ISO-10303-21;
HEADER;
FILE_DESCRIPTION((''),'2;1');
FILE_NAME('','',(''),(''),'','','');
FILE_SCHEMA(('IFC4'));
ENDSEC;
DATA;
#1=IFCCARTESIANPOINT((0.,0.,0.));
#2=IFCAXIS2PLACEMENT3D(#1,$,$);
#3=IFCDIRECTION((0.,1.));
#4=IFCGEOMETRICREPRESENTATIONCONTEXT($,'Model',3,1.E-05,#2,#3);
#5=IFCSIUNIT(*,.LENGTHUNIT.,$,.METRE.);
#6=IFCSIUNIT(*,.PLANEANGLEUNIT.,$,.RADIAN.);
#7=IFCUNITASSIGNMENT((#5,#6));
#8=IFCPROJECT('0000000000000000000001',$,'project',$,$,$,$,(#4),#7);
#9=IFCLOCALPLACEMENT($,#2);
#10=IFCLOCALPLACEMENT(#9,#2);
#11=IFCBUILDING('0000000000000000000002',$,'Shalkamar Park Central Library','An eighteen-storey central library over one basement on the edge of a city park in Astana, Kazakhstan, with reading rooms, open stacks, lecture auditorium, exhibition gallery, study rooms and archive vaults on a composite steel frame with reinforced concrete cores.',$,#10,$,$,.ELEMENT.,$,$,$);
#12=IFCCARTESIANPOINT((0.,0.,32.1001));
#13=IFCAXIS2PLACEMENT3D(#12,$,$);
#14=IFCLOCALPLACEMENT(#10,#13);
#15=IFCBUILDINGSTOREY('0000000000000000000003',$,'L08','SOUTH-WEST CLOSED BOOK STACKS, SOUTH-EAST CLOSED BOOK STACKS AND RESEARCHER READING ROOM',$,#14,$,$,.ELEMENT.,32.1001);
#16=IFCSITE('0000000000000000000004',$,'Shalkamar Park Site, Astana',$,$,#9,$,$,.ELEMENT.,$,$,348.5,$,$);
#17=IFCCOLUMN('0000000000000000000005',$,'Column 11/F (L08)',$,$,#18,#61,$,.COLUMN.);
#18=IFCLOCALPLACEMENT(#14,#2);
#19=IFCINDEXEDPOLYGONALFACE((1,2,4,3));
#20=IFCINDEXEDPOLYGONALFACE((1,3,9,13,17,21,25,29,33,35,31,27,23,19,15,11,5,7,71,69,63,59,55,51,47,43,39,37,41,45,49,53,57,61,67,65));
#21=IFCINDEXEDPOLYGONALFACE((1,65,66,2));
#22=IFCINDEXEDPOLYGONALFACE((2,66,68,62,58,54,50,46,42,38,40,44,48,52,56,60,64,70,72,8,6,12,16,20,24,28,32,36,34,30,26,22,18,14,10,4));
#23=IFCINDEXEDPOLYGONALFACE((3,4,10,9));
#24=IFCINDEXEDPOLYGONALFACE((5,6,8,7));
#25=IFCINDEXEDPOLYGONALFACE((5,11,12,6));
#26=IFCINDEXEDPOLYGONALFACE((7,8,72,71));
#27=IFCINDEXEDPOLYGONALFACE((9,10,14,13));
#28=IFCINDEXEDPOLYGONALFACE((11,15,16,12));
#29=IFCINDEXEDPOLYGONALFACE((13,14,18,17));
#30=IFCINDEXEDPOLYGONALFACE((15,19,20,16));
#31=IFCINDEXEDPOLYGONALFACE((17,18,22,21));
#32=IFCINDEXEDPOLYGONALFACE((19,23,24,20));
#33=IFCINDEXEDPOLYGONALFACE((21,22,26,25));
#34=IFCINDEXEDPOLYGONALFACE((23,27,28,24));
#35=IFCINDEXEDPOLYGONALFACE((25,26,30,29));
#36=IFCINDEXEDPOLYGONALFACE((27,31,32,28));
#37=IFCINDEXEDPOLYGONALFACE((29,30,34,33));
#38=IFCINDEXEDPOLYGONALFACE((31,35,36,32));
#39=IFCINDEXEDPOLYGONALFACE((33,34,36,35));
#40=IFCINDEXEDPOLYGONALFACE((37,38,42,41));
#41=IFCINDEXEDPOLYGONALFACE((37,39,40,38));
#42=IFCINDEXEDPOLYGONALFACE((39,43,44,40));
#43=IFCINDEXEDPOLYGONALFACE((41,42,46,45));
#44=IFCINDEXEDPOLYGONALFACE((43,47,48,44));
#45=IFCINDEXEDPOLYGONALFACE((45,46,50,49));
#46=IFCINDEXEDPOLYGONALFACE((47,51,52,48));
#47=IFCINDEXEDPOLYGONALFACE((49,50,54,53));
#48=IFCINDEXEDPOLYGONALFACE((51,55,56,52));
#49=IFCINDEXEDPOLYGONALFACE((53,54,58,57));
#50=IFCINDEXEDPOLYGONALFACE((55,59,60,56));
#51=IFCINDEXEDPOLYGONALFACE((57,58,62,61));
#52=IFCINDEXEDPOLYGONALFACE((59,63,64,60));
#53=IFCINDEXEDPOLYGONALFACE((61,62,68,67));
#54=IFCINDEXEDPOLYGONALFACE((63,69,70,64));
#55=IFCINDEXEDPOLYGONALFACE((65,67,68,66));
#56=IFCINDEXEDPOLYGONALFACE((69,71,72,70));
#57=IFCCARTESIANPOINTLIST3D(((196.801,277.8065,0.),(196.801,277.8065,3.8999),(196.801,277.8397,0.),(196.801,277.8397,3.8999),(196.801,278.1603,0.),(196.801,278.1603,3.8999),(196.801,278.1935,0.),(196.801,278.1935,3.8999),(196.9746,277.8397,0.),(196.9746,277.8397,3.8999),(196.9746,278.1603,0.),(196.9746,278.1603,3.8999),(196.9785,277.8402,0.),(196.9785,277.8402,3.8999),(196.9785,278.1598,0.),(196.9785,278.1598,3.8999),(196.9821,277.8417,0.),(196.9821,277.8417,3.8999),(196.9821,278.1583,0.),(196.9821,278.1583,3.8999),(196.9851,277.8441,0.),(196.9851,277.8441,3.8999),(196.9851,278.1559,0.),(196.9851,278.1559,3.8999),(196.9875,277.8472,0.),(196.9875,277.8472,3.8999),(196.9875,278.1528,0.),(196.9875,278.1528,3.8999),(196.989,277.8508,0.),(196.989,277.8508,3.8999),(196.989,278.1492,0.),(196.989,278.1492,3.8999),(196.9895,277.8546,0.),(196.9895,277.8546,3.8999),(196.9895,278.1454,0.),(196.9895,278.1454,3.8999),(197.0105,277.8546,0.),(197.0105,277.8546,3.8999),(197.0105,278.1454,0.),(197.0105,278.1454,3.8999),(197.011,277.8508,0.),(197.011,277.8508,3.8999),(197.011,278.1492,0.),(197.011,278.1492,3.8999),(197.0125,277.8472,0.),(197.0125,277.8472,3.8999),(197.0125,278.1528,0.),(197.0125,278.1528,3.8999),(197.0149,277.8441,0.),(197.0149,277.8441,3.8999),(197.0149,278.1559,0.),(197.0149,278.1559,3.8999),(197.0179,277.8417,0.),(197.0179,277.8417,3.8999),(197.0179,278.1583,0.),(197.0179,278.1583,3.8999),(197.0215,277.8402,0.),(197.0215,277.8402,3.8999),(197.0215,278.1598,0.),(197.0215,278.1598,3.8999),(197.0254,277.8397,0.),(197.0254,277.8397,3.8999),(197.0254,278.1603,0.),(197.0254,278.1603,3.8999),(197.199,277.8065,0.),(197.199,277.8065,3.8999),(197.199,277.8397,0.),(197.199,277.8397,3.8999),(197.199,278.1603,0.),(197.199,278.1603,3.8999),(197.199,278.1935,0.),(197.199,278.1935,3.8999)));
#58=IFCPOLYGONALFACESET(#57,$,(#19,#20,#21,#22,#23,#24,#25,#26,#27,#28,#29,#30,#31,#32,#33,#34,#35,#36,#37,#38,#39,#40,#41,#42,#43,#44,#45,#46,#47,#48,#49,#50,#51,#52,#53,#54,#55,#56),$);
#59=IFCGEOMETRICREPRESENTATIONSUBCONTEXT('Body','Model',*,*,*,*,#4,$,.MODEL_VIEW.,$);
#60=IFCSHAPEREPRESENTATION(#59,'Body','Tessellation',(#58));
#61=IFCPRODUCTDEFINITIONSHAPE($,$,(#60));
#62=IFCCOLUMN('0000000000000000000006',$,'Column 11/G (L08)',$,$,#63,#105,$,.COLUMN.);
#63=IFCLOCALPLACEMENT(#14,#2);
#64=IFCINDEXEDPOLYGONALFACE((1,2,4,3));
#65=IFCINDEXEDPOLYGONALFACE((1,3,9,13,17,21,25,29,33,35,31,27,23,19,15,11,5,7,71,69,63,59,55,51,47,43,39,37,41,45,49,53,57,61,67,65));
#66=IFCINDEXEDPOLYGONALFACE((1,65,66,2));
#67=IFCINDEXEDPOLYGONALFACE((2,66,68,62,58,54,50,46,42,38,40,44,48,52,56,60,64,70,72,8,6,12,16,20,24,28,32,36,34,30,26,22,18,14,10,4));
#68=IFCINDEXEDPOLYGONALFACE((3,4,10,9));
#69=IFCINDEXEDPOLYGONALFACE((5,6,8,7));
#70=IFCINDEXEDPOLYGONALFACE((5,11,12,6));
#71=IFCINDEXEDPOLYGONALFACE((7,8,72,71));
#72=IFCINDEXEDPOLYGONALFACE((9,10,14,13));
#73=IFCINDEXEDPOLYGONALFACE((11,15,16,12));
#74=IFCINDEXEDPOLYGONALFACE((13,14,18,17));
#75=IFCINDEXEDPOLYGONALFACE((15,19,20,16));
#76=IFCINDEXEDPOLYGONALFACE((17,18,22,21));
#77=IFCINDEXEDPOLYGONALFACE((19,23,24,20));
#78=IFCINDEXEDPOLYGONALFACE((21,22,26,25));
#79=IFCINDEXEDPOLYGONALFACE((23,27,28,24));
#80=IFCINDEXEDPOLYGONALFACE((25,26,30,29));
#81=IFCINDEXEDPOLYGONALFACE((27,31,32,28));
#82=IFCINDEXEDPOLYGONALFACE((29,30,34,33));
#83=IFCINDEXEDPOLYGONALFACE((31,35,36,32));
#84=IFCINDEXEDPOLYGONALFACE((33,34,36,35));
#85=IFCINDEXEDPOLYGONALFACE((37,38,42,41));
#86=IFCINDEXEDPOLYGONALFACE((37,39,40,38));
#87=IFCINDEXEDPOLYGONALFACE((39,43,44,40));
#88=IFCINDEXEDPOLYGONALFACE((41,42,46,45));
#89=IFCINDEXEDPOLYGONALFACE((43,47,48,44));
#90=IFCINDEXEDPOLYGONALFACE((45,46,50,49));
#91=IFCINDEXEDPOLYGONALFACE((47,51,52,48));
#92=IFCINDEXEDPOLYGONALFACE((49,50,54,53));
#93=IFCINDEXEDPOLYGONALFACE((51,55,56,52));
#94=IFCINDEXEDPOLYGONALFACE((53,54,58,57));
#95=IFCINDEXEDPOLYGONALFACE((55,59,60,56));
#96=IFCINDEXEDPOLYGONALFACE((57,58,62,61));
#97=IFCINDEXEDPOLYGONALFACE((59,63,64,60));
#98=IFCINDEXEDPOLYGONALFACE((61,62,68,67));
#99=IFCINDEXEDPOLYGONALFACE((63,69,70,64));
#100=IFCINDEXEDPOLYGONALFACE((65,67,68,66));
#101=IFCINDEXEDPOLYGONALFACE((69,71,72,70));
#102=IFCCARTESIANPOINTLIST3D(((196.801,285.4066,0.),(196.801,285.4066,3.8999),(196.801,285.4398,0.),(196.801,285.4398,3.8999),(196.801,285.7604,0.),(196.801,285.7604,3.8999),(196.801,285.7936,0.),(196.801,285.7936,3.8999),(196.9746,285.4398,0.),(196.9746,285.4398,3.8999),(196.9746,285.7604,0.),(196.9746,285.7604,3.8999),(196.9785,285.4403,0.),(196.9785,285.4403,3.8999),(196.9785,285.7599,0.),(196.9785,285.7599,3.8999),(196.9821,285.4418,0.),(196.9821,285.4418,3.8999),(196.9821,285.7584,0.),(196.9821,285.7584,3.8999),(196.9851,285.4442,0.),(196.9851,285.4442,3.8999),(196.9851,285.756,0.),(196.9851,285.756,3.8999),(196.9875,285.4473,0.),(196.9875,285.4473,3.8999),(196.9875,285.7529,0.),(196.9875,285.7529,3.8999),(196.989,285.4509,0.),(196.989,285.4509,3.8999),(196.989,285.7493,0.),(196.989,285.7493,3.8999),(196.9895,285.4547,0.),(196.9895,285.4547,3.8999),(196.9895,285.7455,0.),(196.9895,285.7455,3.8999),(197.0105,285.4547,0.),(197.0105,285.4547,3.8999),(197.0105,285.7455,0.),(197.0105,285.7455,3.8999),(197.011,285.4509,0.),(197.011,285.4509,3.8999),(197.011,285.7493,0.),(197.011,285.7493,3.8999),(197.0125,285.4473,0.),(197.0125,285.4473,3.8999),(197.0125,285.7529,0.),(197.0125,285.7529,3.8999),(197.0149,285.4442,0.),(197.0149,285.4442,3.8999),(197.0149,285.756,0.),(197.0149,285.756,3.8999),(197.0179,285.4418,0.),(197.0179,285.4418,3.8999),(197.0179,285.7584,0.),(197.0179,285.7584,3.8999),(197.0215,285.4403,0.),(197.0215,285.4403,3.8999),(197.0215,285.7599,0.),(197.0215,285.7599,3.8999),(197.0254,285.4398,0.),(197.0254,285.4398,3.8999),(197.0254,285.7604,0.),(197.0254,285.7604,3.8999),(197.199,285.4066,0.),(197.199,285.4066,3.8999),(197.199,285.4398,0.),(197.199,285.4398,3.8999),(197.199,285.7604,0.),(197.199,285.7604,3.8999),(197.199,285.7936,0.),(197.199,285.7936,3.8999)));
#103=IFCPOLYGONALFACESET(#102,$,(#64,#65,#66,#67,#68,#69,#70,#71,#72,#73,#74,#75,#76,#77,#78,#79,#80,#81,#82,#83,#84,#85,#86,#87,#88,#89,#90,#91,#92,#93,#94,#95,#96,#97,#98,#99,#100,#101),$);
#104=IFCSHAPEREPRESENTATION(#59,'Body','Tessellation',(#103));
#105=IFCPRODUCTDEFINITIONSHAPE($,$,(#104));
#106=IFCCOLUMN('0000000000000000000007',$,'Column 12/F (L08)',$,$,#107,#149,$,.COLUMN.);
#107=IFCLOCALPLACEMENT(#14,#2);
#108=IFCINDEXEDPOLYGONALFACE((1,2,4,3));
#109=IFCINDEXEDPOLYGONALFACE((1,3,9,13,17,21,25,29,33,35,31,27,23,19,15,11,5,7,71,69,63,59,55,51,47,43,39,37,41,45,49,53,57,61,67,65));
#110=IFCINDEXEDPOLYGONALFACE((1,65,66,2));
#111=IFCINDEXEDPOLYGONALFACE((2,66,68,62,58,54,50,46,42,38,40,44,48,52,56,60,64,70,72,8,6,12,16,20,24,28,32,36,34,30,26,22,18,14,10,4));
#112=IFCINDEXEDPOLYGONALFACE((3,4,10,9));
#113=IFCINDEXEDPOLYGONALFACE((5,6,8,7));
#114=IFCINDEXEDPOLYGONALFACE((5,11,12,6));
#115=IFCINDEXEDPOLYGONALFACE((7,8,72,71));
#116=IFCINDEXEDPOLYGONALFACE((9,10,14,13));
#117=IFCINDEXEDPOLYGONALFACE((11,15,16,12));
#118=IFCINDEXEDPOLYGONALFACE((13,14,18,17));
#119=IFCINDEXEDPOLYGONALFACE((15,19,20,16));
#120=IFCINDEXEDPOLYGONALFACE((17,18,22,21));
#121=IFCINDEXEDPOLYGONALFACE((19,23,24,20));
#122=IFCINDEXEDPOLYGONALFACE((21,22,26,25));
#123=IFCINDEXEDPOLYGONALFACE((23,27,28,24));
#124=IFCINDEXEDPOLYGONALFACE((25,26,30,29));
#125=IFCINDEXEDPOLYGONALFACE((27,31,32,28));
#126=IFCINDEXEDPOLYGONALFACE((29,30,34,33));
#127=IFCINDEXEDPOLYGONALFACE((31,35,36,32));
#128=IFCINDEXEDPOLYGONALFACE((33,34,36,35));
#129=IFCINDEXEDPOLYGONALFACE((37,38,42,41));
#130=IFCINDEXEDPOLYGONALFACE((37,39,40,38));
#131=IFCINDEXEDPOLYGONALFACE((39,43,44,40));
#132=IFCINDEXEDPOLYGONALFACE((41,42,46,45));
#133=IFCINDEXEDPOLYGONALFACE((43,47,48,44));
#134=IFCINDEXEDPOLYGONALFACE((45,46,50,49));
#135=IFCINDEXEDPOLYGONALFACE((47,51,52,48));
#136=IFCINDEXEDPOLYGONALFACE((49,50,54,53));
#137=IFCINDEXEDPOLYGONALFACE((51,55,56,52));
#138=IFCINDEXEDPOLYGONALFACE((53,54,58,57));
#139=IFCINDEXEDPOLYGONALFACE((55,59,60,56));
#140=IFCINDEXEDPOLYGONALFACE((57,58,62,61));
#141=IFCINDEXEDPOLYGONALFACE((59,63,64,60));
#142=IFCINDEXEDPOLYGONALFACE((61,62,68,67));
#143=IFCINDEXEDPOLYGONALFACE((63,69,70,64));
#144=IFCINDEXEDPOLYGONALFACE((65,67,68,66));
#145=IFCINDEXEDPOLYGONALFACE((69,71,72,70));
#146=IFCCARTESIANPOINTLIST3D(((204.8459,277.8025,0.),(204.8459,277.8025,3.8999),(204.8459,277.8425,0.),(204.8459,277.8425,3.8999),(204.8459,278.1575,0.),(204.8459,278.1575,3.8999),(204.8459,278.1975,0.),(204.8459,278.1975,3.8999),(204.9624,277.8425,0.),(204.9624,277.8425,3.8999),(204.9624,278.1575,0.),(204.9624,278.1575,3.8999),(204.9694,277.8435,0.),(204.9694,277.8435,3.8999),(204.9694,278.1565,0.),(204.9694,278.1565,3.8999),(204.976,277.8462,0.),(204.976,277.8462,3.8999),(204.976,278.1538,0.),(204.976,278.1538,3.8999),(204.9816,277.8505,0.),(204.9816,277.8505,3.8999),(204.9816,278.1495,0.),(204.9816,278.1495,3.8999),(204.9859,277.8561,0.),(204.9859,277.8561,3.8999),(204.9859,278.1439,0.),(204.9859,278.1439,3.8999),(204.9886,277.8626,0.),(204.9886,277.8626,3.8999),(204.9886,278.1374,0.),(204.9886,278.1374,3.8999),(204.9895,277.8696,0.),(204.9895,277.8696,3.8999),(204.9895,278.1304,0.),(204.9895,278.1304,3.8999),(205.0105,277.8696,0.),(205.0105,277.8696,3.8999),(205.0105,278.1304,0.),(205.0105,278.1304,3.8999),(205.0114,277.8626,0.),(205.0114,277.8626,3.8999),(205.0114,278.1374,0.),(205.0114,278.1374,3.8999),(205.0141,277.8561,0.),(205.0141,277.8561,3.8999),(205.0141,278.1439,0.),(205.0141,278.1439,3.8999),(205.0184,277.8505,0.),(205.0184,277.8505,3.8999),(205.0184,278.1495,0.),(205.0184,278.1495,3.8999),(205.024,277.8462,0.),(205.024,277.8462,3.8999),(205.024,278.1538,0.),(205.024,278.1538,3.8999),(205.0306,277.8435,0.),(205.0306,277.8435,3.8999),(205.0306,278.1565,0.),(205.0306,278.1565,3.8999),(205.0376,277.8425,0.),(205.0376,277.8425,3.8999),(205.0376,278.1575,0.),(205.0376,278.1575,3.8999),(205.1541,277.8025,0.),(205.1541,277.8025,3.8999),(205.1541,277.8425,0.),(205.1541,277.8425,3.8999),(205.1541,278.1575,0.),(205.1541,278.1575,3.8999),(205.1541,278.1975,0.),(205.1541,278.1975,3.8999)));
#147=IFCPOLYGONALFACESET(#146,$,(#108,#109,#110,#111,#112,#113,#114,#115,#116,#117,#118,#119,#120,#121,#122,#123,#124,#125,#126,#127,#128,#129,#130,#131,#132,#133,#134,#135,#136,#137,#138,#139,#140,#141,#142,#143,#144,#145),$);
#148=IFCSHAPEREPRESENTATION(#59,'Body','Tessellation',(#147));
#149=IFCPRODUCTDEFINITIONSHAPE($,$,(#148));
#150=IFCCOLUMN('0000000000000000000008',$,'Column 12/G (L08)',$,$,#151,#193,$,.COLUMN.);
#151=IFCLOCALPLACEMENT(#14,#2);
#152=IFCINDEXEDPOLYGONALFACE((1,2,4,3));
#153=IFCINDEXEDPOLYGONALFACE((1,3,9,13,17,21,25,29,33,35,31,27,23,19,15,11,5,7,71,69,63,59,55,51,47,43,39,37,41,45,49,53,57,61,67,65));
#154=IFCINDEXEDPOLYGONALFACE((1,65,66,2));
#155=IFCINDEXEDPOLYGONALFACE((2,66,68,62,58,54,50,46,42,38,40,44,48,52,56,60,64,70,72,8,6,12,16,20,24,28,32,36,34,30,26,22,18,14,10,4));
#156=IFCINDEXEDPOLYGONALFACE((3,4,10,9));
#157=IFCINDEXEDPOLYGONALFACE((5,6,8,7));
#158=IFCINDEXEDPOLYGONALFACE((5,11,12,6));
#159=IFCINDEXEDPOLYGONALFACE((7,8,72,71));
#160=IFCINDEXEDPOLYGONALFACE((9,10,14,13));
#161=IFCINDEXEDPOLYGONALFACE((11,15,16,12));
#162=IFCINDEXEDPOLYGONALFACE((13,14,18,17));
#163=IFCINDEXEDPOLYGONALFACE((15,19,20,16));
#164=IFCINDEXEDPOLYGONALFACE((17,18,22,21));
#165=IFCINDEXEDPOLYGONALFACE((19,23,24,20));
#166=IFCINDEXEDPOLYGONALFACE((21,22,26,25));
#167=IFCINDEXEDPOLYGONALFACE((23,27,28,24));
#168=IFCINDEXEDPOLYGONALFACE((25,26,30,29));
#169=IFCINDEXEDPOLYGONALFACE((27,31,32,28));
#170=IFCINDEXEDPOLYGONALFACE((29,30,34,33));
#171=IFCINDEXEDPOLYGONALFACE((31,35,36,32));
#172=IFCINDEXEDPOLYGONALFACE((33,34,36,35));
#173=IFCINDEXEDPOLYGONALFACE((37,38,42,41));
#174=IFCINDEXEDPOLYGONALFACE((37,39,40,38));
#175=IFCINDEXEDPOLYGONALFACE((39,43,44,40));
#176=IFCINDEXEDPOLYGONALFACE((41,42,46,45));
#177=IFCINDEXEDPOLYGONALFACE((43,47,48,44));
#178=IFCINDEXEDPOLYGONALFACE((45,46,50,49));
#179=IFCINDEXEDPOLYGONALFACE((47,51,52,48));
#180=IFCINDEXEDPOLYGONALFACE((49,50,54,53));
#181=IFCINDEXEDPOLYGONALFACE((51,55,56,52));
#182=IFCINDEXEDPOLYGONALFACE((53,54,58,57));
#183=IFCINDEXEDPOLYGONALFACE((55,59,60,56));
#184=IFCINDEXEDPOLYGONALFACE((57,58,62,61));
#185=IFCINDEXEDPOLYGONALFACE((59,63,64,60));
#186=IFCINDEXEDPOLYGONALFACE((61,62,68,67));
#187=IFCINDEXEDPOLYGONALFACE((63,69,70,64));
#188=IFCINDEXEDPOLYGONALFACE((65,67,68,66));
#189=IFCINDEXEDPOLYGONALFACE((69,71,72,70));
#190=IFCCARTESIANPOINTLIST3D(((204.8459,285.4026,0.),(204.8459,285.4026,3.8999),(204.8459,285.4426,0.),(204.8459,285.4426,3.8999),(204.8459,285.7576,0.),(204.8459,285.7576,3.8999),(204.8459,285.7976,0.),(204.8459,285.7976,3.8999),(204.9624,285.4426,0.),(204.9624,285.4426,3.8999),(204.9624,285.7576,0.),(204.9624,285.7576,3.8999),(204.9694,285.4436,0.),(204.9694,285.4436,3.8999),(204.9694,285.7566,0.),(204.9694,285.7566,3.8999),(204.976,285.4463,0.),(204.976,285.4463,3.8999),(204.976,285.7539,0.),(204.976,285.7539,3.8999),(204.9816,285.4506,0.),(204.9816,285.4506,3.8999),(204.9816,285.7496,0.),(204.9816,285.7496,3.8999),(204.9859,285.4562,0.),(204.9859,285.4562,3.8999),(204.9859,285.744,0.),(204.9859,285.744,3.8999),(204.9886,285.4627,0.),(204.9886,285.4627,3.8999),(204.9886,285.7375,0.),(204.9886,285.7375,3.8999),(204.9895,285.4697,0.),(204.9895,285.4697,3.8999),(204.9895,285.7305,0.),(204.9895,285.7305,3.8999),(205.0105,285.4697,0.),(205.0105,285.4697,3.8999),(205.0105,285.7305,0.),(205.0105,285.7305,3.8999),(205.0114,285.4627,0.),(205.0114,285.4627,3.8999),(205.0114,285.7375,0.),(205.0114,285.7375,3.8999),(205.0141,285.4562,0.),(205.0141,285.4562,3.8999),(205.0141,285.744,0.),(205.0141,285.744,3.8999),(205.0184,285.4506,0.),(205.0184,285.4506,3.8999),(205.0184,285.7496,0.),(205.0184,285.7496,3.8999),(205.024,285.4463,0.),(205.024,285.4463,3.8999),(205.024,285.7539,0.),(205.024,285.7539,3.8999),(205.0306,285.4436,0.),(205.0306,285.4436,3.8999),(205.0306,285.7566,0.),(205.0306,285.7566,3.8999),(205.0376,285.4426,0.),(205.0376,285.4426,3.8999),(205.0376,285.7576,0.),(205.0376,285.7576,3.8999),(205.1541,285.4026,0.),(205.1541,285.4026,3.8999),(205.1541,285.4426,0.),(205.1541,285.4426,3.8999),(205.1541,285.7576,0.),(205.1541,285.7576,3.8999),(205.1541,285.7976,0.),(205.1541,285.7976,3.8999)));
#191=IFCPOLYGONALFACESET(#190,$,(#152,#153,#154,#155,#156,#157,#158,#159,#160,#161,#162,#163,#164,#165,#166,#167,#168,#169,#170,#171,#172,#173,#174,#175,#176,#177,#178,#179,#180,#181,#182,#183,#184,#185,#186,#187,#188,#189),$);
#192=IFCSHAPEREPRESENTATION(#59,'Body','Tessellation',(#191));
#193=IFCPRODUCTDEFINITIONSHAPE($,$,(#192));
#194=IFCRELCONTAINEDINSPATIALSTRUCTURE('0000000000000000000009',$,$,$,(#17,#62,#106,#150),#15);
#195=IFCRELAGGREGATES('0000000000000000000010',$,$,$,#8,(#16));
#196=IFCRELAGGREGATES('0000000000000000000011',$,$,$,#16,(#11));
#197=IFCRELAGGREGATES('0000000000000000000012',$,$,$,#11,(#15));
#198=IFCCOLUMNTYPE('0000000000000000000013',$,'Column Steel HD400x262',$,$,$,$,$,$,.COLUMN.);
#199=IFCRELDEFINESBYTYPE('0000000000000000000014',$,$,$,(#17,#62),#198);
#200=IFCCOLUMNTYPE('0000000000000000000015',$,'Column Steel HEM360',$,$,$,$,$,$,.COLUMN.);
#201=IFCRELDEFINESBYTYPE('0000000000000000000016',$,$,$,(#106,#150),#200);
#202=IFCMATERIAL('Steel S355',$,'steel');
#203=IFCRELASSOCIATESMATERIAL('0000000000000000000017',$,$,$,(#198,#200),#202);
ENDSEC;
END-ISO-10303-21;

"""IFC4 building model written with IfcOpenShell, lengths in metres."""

from ifc_helpers import new_model, si_unit, direction, frame, origin, origin_2d, place, context, subcontext, project, spatial, i_section, extrude, material, material_profile, profile_set, type_object, element, save


model = new_model("IFC4")

# Units and contexts
model_context = context("Model", 3, precision=1e-05, world=origin(), true_north=direction((0.0, 1.0)))
body_context = subcontext(model_context, "Body", "Model", "MODEL_VIEW")
ifc_project = project(units=[si_unit("LENGTHUNIT", "METRE"), si_unit("PLANEANGLEUNIT", "RADIAN")], contexts=[model_context])

# Site, building, storey
site_placement = place(None, origin())
site = spatial("IfcSite", under=ifc_project, at=site_placement, Name="Shalkamar Park Site, Astana", CompositionType="ELEMENT", RefElevation=348.5)
building_placement = place(site_placement, origin())
building = spatial("IfcBuilding", under=site, at=building_placement, Name="Shalkamar Park Central Library", Description="An eighteen-storey central library over one basement on the edge of a city park in Astana, Kazakhstan, with reading rooms, open stacks, lecture auditorium, exhibition gallery, study rooms and archive vaults on a composite steel frame with reinforced concrete cores.", CompositionType="ELEMENT")
storey_placement = place(building_placement, frame((0.0, 0.0, 32.1001)))
storey = spatial("IfcBuildingStorey", under=building, at=storey_placement, Name="L08", Description="SOUTH-WEST CLOSED BOOK STACKS, SOUTH-EAST CLOSED BOOK STACKS AND RESEARCHER READING ROOM", CompositionType="ELEMENT", Elevation=32.1001)

# Columns
ifc_material_1 = material(Name="Steel S355", Category="steel")
ifc_material_profile_1 = material_profile(ifc_material_1, i_section(OverallWidth=0.3979, OverallDepth=0.387, WebThickness=0.021, FlangeThickness=0.0332, FilletRadius=0.0149, at=origin_2d()), Name="HD 400x262")
ifc_profile_set_1 = profile_set([ifc_material_profile_1], Name="Steel S355")
column_type_1 = type_object("IfcColumnType", Name="Column Steel HD400x262", PredefinedType="COLUMN", material=ifc_profile_set_1)
for number, where, z_axis, x_axis, name in (
    (1, (197.0, 278.0, 0.0), (0.0, 0.0, 1.0), (1.0, 0.0, 0.0), "Column 11/F (L08)"),
    (2, (197.0, 285.6001, 0.0), (0.0, 0.0, 1.0), (1.0, 0.0, 0.0), "Column 11/G (L08)"),
):
    element("IfcColumn", number, at=place(storey_placement, frame(where, z_axis=z_axis, x_axis=x_axis)), inside=storey, type_object=column_type_1, Name=name, PredefinedType="COLUMN", context=body_context, shape_type="SweptSolid", body=[
        extrude(i_section(OverallWidth=0.3979, OverallDepth=0.387, WebThickness=0.021, FlangeThickness=0.0332, FilletRadius=0.0149, at=origin_2d()), origin(), (0.0, 0.0, 1.0), 3.8999),
    ])
ifc_material_profile_2 = material_profile(ifc_material_1, i_section(OverallWidth=0.3081, OverallDepth=0.395, WebThickness=0.021, FlangeThickness=0.04, FilletRadius=0.0271, at=origin_2d()), Name="HEM 360")
ifc_profile_set_2 = profile_set([ifc_material_profile_2], Name="Steel S355")
column_type_2 = type_object("IfcColumnType", Name="Column Steel HEM360", PredefinedType="COLUMN", material=ifc_profile_set_2)
for number, where, z_axis, x_axis, name in (
    (3, (205.0, 278.0, 0.0), (0.0, 0.0, 1.0), (1.0, 0.0, 0.0), "Column 12/F (L08)"),
    (4, (205.0, 285.6001, 0.0), (0.0, 0.0, 1.0), (1.0, 0.0, 0.0), "Column 12/G (L08)"),
):
    element("IfcColumn", number, at=place(storey_placement, frame(where, z_axis=z_axis, x_axis=x_axis)), inside=storey, type_object=column_type_2, Name=name, PredefinedType="COLUMN", context=body_context, shape_type="SweptSolid", body=[
        extrude(i_section(OverallWidth=0.3081, OverallDepth=0.395, WebThickness=0.021, FlangeThickness=0.04, FilletRadius=0.0271, at=origin_2d()), origin(), (0.0, 0.0, 1.0), 3.8999),
    ])

save(model, "model.ifc")
